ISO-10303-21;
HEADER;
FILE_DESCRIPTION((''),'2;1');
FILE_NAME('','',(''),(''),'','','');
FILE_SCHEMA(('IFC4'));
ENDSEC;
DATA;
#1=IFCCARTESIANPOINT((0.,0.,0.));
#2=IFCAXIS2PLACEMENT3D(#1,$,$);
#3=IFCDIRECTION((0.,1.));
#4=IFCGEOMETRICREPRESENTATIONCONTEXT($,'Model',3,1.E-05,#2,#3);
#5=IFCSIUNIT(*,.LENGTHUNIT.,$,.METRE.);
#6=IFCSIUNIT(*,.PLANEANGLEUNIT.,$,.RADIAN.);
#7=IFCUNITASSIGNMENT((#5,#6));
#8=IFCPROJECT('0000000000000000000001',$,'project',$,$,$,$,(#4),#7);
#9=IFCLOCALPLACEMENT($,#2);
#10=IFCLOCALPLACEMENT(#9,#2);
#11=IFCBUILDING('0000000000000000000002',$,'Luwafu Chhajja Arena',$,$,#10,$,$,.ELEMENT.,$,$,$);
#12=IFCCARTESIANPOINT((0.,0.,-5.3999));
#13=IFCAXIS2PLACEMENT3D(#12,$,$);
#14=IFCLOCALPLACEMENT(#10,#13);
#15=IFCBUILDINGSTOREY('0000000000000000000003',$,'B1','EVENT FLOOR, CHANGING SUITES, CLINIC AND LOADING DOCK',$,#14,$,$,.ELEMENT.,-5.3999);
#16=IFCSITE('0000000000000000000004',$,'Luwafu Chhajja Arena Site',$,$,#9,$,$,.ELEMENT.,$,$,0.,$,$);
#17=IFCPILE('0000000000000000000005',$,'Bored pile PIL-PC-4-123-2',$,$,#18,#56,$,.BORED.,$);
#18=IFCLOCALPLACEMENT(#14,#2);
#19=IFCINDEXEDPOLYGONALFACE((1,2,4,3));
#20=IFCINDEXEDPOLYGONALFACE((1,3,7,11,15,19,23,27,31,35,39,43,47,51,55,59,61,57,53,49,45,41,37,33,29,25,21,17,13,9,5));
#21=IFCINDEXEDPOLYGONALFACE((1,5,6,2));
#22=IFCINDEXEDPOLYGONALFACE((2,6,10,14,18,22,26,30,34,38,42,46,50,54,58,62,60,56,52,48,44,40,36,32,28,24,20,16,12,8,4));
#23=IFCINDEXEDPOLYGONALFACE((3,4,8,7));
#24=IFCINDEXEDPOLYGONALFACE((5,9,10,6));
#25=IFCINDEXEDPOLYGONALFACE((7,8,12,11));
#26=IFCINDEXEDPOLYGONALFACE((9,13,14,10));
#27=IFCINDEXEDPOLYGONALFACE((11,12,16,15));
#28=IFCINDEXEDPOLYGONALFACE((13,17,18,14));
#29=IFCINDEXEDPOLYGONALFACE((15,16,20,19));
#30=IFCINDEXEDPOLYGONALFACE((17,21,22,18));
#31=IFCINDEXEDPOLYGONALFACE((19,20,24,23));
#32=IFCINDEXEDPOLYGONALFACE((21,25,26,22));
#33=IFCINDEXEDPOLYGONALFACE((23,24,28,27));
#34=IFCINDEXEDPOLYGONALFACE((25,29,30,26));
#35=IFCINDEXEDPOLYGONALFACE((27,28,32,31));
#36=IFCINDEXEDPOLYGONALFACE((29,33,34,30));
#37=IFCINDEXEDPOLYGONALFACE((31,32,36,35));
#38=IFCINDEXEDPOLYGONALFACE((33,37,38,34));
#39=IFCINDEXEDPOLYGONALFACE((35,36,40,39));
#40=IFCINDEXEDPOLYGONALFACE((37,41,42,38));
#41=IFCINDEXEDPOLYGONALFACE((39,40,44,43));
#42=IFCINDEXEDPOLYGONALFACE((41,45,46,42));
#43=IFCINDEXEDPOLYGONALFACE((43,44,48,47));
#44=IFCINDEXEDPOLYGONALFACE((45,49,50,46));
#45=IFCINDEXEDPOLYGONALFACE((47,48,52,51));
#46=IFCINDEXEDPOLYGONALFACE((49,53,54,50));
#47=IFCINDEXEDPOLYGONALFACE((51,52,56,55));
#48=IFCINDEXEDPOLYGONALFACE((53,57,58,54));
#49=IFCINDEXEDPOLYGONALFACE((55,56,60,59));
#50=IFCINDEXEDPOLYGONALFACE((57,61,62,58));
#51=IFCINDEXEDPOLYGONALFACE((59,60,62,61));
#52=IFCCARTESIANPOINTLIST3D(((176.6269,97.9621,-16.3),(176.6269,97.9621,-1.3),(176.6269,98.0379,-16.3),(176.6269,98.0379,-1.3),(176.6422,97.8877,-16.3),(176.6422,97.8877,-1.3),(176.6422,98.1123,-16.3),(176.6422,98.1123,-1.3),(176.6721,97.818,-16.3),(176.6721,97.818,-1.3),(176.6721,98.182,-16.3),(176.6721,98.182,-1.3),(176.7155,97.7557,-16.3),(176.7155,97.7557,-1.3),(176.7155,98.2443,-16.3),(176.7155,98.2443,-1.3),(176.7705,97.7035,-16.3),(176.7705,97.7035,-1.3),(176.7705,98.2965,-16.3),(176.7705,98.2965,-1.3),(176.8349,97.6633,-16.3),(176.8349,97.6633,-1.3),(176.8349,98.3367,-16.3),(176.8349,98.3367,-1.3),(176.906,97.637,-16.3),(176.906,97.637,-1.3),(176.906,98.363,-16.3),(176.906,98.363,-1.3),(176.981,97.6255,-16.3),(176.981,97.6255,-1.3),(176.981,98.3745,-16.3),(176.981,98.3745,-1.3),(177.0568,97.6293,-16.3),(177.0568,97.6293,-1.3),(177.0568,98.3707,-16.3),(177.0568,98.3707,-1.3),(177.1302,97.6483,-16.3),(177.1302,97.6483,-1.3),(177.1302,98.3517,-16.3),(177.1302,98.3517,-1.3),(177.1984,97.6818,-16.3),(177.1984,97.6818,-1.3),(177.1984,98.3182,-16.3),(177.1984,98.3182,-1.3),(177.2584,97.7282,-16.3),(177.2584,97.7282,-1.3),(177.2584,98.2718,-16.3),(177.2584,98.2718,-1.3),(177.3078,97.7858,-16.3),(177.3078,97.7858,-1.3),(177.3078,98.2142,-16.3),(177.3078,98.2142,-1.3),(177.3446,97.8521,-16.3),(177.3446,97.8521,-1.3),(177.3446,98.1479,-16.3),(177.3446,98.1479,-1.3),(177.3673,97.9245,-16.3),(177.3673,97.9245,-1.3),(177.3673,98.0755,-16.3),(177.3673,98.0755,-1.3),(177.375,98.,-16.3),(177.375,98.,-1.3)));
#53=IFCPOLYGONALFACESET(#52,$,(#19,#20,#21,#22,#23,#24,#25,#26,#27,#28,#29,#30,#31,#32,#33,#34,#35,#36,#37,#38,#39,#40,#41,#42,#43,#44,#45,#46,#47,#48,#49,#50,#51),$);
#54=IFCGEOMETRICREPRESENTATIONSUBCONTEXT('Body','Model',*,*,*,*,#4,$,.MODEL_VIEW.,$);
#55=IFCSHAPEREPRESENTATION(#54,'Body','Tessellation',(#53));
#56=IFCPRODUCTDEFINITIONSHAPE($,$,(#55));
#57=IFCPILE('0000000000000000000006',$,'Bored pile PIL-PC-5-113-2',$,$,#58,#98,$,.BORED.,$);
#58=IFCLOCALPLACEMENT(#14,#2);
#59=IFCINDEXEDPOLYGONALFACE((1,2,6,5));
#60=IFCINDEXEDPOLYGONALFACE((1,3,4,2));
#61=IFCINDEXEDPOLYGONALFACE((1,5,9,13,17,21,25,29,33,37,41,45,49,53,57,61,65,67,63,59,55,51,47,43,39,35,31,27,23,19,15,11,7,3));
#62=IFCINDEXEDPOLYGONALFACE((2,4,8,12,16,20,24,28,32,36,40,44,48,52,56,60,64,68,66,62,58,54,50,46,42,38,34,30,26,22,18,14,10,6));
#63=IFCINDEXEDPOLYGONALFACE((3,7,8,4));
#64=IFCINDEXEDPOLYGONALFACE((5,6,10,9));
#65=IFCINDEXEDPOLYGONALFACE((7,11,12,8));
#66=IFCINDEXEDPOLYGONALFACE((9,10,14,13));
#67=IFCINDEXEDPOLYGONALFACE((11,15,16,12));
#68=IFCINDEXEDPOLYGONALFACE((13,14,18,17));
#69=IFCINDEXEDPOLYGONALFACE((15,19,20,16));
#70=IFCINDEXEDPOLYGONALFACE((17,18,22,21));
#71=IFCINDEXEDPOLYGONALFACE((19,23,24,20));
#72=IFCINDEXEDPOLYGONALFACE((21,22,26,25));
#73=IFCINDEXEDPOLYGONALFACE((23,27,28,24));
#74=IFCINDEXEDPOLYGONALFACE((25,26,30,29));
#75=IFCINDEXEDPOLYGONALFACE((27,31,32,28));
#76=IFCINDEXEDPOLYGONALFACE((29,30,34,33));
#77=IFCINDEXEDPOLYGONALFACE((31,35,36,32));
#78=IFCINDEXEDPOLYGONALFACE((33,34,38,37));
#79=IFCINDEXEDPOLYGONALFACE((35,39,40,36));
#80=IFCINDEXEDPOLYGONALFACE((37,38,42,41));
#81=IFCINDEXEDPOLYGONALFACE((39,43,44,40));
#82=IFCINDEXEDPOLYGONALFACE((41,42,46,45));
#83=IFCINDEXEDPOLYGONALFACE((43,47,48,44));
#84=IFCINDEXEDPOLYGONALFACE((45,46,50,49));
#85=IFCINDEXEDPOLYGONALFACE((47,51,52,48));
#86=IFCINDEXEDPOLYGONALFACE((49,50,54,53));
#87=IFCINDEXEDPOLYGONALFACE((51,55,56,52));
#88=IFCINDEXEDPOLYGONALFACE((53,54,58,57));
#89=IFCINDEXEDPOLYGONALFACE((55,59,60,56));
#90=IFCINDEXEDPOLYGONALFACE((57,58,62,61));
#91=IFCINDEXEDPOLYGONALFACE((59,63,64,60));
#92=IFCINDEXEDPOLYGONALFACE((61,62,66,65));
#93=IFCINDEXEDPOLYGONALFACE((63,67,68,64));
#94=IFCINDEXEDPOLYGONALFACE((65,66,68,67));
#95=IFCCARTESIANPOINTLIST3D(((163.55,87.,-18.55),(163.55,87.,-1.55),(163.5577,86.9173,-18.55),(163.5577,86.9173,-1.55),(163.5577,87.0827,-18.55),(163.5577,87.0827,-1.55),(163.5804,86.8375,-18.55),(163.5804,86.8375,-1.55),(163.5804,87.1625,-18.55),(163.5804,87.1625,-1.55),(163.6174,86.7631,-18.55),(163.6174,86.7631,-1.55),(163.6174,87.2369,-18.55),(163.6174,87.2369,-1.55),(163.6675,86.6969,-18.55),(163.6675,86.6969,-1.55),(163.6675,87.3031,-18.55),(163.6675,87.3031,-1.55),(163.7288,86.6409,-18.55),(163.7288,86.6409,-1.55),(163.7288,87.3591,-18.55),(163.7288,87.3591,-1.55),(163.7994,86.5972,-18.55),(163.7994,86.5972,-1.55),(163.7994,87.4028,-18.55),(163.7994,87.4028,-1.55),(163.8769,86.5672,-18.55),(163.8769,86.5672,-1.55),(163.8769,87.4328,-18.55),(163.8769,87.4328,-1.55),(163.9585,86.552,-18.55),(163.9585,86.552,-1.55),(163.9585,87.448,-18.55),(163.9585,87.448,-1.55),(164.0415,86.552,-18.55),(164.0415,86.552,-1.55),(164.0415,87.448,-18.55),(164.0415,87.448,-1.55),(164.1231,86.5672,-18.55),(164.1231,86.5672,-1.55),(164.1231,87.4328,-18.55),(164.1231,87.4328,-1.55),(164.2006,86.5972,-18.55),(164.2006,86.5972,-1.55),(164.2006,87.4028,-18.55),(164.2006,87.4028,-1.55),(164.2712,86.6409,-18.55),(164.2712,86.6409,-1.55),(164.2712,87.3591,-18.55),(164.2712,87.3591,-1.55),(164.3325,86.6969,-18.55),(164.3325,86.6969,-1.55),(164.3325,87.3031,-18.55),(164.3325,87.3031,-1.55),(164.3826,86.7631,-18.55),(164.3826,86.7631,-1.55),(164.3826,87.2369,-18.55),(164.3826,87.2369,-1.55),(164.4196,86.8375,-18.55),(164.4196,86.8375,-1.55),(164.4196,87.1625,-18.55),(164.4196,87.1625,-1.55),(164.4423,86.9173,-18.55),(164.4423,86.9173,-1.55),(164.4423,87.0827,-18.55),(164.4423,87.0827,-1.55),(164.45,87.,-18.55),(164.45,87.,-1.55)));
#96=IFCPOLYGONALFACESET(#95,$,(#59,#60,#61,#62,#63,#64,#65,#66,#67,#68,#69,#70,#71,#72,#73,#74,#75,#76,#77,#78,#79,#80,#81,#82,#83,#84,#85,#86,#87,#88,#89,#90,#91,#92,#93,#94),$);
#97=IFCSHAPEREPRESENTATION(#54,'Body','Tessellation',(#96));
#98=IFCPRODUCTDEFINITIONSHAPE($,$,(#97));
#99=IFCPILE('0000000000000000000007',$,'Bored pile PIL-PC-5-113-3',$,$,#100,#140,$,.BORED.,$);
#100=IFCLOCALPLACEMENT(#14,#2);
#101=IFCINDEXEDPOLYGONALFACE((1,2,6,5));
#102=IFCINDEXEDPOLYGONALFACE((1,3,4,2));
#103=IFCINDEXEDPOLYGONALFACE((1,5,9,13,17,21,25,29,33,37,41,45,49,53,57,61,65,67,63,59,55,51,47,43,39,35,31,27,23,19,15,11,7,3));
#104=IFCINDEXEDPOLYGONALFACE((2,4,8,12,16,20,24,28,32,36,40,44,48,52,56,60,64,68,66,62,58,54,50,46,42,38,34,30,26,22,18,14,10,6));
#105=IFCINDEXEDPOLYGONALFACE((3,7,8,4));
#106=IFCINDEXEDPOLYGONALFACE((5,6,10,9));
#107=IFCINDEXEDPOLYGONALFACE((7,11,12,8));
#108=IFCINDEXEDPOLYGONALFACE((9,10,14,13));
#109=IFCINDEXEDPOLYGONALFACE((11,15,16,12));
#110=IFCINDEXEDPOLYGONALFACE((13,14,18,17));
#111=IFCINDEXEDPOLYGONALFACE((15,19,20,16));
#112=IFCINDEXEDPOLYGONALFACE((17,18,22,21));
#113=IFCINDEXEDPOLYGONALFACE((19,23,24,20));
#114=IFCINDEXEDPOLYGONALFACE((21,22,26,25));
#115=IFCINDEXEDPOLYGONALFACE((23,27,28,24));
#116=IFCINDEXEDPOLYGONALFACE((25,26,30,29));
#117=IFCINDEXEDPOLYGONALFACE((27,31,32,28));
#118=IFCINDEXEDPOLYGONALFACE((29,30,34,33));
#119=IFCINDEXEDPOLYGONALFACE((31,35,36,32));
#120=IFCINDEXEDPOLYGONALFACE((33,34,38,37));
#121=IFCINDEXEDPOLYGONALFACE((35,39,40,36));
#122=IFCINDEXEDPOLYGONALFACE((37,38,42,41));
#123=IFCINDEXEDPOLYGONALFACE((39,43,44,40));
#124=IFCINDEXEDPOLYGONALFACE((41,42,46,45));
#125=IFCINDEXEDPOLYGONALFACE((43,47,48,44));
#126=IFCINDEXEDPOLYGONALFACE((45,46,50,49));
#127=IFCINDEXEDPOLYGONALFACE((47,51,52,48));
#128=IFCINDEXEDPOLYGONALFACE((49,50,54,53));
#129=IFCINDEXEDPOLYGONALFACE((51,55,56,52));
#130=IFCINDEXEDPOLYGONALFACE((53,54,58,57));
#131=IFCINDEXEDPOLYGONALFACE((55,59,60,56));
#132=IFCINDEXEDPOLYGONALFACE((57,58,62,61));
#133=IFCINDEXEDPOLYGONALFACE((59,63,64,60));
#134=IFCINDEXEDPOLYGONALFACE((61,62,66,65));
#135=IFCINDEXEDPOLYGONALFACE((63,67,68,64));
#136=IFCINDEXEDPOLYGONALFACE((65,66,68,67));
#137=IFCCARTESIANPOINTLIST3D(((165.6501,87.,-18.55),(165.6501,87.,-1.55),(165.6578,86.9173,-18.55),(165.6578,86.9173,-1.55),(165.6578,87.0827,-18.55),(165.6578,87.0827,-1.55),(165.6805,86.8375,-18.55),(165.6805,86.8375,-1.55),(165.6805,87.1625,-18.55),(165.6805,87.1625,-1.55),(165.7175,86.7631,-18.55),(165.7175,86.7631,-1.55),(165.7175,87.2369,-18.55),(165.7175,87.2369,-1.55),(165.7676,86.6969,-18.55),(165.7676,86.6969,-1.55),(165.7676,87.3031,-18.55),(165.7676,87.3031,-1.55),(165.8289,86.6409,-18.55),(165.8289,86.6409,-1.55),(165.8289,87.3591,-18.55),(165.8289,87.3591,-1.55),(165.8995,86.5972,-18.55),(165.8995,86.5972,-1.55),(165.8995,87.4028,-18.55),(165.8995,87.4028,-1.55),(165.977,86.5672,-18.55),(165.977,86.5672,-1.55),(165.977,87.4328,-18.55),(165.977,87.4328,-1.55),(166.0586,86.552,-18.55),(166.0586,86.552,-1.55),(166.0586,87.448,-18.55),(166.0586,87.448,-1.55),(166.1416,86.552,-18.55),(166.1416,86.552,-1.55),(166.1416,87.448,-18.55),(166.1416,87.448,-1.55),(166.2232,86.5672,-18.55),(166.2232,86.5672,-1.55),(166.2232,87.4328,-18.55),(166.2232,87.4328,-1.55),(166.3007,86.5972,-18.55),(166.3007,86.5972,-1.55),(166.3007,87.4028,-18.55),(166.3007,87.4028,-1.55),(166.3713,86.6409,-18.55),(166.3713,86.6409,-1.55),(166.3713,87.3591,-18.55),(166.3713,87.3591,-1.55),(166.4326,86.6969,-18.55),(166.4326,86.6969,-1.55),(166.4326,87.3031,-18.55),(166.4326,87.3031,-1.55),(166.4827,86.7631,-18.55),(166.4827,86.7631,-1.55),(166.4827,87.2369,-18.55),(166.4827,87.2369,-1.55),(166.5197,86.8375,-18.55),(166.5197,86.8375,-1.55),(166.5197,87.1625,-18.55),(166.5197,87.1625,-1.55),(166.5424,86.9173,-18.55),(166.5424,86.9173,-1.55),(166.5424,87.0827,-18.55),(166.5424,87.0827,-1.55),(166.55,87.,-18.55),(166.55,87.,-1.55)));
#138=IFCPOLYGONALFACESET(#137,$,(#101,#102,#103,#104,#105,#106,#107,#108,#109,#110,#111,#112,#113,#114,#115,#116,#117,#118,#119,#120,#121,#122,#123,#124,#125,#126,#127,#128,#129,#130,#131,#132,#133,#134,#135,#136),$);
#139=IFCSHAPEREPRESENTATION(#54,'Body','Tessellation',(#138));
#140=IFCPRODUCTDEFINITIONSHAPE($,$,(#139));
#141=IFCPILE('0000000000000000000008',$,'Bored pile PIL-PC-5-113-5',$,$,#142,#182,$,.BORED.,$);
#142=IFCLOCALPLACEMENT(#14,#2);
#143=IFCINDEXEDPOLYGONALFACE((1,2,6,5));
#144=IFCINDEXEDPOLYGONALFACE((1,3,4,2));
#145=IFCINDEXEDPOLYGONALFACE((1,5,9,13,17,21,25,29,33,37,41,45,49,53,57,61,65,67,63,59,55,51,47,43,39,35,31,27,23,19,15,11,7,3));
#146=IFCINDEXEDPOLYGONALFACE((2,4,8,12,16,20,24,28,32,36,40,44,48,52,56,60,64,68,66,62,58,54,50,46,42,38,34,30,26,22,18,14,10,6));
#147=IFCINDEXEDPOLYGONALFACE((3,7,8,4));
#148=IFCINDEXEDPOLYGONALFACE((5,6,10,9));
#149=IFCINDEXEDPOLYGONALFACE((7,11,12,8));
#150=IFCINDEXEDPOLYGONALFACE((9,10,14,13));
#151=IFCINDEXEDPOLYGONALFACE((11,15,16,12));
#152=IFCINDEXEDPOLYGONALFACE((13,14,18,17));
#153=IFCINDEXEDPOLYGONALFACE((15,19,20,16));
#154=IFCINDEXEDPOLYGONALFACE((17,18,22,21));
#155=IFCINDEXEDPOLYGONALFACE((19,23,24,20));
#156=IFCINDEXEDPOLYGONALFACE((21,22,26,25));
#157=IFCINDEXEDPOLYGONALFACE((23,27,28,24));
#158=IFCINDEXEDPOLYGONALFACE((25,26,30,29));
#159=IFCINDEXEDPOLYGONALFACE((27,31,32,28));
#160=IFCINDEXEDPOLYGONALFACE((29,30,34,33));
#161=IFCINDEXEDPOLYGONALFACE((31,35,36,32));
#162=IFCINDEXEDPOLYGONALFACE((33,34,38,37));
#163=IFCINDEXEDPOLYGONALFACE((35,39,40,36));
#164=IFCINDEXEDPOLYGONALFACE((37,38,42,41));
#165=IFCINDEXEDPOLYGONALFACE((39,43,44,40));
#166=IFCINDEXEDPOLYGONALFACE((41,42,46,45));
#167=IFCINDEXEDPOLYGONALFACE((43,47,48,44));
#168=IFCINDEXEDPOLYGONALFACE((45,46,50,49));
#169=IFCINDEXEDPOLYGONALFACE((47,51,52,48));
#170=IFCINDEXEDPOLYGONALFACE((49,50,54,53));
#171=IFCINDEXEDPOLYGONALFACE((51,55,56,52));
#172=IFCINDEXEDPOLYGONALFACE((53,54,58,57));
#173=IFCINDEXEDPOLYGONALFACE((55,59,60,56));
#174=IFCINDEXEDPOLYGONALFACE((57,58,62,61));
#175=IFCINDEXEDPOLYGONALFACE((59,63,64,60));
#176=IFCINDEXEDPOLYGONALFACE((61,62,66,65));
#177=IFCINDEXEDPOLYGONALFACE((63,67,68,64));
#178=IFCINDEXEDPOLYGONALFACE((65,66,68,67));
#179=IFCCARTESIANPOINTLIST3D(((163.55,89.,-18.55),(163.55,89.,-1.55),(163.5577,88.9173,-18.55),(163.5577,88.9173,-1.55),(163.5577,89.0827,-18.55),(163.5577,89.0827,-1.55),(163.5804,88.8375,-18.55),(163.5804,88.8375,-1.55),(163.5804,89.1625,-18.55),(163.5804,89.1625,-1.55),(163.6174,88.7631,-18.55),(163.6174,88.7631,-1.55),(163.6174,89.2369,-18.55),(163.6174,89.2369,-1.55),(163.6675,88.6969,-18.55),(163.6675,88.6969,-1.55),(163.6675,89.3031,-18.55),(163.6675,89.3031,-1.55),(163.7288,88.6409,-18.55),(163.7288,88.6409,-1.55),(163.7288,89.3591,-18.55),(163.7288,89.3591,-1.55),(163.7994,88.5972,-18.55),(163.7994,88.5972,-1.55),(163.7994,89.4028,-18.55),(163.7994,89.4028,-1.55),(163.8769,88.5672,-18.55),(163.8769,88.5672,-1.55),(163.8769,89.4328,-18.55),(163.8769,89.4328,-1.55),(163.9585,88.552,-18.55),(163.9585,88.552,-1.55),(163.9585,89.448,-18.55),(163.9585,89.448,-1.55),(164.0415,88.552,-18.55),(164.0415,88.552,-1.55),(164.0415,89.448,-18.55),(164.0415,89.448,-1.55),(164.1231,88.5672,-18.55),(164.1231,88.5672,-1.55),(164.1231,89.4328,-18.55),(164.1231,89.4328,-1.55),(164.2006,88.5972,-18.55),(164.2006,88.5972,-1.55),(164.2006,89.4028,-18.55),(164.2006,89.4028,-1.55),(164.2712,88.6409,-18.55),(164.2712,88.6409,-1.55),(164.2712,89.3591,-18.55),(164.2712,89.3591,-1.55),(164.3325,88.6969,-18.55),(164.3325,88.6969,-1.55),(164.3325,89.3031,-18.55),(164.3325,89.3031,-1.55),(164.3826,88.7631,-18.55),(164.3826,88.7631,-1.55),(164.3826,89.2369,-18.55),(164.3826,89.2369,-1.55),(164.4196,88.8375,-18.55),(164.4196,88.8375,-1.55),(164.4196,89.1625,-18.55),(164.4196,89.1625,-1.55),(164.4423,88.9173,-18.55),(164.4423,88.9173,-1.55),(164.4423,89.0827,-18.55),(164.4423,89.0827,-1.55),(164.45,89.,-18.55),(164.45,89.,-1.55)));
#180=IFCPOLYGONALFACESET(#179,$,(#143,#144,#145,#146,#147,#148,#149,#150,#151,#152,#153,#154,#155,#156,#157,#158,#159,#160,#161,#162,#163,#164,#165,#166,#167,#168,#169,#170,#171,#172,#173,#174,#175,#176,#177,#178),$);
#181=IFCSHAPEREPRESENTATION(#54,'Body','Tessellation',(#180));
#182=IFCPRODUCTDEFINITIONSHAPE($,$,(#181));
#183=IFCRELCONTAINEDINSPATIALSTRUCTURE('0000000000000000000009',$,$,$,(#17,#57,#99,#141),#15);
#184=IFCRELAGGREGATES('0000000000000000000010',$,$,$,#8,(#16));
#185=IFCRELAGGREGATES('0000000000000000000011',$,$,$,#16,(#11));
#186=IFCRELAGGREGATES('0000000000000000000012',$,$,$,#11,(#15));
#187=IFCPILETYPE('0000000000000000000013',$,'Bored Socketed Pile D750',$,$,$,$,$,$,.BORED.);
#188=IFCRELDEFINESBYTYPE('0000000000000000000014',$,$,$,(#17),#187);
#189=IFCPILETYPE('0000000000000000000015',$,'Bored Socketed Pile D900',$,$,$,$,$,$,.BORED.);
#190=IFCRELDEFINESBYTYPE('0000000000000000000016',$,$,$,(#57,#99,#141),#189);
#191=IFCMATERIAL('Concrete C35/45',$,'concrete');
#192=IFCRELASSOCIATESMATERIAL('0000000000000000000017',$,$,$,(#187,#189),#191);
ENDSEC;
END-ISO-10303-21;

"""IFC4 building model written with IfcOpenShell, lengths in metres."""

from ifc_helpers import new_model, si_unit, direction, frame, origin, origin_2d, place, context, subcontext, project, spatial, circle, extrude, material, material_profile, profile_set, type_object, element, save


model = new_model("IFC4")

# Units and contexts
model_context = context("Model", 3, precision=1e-05, world=origin(), true_north=direction((0.0, 1.0)))
body_context = subcontext(model_context, "Body", "Model", "MODEL_VIEW")
ifc_project = project(units=[si_unit("LENGTHUNIT", "METRE"), si_unit("PLANEANGLEUNIT", "RADIAN")], contexts=[model_context])

# Site, building, storey
site_placement = place(None, origin())
site = spatial("IfcSite", under=ifc_project, at=site_placement, Name="Luwafu Chhajja Arena Site", CompositionType="ELEMENT", RefElevation=0.0)
building_placement = place(site_placement, origin())
building = spatial("IfcBuilding", under=site, at=building_placement, Name="Luwafu Chhajja Arena", CompositionType="ELEMENT")
storey_placement = place(building_placement, frame((0.0, 0.0, -5.3999)))
storey = spatial("IfcBuildingStorey", under=building, at=storey_placement, Name="B1", Description="EVENT FLOOR, CHANGING SUITES, CLINIC AND LOADING DOCK", CompositionType="ELEMENT", Elevation=-5.3999)

# Piles
ifc_material_1 = material(Name="Concrete C35/45", Category="concrete")
ifc_material_profile_1 = material_profile(ifc_material_1, circle(Radius=0.375, at=origin_2d()), Name="PILE D750")
ifc_profile_set_1 = profile_set([ifc_material_profile_1], Name="Concrete C35/45")
pile_type_1 = type_object("IfcPileType", Name="Bored Socketed Pile D750", PredefinedType="BORED", material=ifc_profile_set_1)
for number, where, z_axis, x_axis, name in (
    (1, (177.0, 98.0, -1.3), (0.0, 0.0, -1.0), (1.0, 0.0, 0.0), "Bored pile PIL-PC-4-123-2"),
):
    element("IfcPile", number, at=place(storey_placement, frame(where, z_axis=z_axis, x_axis=x_axis)), inside=storey, type_object=pile_type_1, Name=name, PredefinedType="BORED", context=body_context, shape_type="SweptSolid", body=[
        extrude(circle(Radius=0.375, at=origin_2d()), origin(), (0.0, 0.0, 1.0), 15.0),
    ])
ifc_material_profile_2 = material_profile(ifc_material_1, circle(Radius=0.45, at=origin_2d()), Name="PILE D900")
ifc_profile_set_2 = profile_set([ifc_material_profile_2], Name="Concrete C35/45")
pile_type_2 = type_object("IfcPileType", Name="Bored Socketed Pile D900", PredefinedType="BORED", material=ifc_profile_set_2)
for number, where, z_axis, x_axis, name in (
    (2, (164.0, 87.0, -1.55), (0.0, 0.0, -1.0), (1.0, 0.0, 0.0), "Bored pile PIL-PC-5-113-2"),
    (3, (166.1001, 87.0, -1.55), (0.0, 0.0, -1.0), (1.0, 0.0, 0.0), "Bored pile PIL-PC-5-113-3"),
    (4, (164.0, 89.0, -1.55), (0.0, 0.0, -1.0), (1.0, 0.0, 0.0), "Bored pile PIL-PC-5-113-5"),
):
    element("IfcPile", number, at=place(storey_placement, frame(where, z_axis=z_axis, x_axis=x_axis)), inside=storey, type_object=pile_type_2, Name=name, PredefinedType="BORED", context=body_context, shape_type="SweptSolid", body=[
        extrude(circle(Radius=0.45, at=origin_2d()), origin(), (0.0, 0.0, 1.0), 17.0),
    ])

save(model, "model.ifc")
